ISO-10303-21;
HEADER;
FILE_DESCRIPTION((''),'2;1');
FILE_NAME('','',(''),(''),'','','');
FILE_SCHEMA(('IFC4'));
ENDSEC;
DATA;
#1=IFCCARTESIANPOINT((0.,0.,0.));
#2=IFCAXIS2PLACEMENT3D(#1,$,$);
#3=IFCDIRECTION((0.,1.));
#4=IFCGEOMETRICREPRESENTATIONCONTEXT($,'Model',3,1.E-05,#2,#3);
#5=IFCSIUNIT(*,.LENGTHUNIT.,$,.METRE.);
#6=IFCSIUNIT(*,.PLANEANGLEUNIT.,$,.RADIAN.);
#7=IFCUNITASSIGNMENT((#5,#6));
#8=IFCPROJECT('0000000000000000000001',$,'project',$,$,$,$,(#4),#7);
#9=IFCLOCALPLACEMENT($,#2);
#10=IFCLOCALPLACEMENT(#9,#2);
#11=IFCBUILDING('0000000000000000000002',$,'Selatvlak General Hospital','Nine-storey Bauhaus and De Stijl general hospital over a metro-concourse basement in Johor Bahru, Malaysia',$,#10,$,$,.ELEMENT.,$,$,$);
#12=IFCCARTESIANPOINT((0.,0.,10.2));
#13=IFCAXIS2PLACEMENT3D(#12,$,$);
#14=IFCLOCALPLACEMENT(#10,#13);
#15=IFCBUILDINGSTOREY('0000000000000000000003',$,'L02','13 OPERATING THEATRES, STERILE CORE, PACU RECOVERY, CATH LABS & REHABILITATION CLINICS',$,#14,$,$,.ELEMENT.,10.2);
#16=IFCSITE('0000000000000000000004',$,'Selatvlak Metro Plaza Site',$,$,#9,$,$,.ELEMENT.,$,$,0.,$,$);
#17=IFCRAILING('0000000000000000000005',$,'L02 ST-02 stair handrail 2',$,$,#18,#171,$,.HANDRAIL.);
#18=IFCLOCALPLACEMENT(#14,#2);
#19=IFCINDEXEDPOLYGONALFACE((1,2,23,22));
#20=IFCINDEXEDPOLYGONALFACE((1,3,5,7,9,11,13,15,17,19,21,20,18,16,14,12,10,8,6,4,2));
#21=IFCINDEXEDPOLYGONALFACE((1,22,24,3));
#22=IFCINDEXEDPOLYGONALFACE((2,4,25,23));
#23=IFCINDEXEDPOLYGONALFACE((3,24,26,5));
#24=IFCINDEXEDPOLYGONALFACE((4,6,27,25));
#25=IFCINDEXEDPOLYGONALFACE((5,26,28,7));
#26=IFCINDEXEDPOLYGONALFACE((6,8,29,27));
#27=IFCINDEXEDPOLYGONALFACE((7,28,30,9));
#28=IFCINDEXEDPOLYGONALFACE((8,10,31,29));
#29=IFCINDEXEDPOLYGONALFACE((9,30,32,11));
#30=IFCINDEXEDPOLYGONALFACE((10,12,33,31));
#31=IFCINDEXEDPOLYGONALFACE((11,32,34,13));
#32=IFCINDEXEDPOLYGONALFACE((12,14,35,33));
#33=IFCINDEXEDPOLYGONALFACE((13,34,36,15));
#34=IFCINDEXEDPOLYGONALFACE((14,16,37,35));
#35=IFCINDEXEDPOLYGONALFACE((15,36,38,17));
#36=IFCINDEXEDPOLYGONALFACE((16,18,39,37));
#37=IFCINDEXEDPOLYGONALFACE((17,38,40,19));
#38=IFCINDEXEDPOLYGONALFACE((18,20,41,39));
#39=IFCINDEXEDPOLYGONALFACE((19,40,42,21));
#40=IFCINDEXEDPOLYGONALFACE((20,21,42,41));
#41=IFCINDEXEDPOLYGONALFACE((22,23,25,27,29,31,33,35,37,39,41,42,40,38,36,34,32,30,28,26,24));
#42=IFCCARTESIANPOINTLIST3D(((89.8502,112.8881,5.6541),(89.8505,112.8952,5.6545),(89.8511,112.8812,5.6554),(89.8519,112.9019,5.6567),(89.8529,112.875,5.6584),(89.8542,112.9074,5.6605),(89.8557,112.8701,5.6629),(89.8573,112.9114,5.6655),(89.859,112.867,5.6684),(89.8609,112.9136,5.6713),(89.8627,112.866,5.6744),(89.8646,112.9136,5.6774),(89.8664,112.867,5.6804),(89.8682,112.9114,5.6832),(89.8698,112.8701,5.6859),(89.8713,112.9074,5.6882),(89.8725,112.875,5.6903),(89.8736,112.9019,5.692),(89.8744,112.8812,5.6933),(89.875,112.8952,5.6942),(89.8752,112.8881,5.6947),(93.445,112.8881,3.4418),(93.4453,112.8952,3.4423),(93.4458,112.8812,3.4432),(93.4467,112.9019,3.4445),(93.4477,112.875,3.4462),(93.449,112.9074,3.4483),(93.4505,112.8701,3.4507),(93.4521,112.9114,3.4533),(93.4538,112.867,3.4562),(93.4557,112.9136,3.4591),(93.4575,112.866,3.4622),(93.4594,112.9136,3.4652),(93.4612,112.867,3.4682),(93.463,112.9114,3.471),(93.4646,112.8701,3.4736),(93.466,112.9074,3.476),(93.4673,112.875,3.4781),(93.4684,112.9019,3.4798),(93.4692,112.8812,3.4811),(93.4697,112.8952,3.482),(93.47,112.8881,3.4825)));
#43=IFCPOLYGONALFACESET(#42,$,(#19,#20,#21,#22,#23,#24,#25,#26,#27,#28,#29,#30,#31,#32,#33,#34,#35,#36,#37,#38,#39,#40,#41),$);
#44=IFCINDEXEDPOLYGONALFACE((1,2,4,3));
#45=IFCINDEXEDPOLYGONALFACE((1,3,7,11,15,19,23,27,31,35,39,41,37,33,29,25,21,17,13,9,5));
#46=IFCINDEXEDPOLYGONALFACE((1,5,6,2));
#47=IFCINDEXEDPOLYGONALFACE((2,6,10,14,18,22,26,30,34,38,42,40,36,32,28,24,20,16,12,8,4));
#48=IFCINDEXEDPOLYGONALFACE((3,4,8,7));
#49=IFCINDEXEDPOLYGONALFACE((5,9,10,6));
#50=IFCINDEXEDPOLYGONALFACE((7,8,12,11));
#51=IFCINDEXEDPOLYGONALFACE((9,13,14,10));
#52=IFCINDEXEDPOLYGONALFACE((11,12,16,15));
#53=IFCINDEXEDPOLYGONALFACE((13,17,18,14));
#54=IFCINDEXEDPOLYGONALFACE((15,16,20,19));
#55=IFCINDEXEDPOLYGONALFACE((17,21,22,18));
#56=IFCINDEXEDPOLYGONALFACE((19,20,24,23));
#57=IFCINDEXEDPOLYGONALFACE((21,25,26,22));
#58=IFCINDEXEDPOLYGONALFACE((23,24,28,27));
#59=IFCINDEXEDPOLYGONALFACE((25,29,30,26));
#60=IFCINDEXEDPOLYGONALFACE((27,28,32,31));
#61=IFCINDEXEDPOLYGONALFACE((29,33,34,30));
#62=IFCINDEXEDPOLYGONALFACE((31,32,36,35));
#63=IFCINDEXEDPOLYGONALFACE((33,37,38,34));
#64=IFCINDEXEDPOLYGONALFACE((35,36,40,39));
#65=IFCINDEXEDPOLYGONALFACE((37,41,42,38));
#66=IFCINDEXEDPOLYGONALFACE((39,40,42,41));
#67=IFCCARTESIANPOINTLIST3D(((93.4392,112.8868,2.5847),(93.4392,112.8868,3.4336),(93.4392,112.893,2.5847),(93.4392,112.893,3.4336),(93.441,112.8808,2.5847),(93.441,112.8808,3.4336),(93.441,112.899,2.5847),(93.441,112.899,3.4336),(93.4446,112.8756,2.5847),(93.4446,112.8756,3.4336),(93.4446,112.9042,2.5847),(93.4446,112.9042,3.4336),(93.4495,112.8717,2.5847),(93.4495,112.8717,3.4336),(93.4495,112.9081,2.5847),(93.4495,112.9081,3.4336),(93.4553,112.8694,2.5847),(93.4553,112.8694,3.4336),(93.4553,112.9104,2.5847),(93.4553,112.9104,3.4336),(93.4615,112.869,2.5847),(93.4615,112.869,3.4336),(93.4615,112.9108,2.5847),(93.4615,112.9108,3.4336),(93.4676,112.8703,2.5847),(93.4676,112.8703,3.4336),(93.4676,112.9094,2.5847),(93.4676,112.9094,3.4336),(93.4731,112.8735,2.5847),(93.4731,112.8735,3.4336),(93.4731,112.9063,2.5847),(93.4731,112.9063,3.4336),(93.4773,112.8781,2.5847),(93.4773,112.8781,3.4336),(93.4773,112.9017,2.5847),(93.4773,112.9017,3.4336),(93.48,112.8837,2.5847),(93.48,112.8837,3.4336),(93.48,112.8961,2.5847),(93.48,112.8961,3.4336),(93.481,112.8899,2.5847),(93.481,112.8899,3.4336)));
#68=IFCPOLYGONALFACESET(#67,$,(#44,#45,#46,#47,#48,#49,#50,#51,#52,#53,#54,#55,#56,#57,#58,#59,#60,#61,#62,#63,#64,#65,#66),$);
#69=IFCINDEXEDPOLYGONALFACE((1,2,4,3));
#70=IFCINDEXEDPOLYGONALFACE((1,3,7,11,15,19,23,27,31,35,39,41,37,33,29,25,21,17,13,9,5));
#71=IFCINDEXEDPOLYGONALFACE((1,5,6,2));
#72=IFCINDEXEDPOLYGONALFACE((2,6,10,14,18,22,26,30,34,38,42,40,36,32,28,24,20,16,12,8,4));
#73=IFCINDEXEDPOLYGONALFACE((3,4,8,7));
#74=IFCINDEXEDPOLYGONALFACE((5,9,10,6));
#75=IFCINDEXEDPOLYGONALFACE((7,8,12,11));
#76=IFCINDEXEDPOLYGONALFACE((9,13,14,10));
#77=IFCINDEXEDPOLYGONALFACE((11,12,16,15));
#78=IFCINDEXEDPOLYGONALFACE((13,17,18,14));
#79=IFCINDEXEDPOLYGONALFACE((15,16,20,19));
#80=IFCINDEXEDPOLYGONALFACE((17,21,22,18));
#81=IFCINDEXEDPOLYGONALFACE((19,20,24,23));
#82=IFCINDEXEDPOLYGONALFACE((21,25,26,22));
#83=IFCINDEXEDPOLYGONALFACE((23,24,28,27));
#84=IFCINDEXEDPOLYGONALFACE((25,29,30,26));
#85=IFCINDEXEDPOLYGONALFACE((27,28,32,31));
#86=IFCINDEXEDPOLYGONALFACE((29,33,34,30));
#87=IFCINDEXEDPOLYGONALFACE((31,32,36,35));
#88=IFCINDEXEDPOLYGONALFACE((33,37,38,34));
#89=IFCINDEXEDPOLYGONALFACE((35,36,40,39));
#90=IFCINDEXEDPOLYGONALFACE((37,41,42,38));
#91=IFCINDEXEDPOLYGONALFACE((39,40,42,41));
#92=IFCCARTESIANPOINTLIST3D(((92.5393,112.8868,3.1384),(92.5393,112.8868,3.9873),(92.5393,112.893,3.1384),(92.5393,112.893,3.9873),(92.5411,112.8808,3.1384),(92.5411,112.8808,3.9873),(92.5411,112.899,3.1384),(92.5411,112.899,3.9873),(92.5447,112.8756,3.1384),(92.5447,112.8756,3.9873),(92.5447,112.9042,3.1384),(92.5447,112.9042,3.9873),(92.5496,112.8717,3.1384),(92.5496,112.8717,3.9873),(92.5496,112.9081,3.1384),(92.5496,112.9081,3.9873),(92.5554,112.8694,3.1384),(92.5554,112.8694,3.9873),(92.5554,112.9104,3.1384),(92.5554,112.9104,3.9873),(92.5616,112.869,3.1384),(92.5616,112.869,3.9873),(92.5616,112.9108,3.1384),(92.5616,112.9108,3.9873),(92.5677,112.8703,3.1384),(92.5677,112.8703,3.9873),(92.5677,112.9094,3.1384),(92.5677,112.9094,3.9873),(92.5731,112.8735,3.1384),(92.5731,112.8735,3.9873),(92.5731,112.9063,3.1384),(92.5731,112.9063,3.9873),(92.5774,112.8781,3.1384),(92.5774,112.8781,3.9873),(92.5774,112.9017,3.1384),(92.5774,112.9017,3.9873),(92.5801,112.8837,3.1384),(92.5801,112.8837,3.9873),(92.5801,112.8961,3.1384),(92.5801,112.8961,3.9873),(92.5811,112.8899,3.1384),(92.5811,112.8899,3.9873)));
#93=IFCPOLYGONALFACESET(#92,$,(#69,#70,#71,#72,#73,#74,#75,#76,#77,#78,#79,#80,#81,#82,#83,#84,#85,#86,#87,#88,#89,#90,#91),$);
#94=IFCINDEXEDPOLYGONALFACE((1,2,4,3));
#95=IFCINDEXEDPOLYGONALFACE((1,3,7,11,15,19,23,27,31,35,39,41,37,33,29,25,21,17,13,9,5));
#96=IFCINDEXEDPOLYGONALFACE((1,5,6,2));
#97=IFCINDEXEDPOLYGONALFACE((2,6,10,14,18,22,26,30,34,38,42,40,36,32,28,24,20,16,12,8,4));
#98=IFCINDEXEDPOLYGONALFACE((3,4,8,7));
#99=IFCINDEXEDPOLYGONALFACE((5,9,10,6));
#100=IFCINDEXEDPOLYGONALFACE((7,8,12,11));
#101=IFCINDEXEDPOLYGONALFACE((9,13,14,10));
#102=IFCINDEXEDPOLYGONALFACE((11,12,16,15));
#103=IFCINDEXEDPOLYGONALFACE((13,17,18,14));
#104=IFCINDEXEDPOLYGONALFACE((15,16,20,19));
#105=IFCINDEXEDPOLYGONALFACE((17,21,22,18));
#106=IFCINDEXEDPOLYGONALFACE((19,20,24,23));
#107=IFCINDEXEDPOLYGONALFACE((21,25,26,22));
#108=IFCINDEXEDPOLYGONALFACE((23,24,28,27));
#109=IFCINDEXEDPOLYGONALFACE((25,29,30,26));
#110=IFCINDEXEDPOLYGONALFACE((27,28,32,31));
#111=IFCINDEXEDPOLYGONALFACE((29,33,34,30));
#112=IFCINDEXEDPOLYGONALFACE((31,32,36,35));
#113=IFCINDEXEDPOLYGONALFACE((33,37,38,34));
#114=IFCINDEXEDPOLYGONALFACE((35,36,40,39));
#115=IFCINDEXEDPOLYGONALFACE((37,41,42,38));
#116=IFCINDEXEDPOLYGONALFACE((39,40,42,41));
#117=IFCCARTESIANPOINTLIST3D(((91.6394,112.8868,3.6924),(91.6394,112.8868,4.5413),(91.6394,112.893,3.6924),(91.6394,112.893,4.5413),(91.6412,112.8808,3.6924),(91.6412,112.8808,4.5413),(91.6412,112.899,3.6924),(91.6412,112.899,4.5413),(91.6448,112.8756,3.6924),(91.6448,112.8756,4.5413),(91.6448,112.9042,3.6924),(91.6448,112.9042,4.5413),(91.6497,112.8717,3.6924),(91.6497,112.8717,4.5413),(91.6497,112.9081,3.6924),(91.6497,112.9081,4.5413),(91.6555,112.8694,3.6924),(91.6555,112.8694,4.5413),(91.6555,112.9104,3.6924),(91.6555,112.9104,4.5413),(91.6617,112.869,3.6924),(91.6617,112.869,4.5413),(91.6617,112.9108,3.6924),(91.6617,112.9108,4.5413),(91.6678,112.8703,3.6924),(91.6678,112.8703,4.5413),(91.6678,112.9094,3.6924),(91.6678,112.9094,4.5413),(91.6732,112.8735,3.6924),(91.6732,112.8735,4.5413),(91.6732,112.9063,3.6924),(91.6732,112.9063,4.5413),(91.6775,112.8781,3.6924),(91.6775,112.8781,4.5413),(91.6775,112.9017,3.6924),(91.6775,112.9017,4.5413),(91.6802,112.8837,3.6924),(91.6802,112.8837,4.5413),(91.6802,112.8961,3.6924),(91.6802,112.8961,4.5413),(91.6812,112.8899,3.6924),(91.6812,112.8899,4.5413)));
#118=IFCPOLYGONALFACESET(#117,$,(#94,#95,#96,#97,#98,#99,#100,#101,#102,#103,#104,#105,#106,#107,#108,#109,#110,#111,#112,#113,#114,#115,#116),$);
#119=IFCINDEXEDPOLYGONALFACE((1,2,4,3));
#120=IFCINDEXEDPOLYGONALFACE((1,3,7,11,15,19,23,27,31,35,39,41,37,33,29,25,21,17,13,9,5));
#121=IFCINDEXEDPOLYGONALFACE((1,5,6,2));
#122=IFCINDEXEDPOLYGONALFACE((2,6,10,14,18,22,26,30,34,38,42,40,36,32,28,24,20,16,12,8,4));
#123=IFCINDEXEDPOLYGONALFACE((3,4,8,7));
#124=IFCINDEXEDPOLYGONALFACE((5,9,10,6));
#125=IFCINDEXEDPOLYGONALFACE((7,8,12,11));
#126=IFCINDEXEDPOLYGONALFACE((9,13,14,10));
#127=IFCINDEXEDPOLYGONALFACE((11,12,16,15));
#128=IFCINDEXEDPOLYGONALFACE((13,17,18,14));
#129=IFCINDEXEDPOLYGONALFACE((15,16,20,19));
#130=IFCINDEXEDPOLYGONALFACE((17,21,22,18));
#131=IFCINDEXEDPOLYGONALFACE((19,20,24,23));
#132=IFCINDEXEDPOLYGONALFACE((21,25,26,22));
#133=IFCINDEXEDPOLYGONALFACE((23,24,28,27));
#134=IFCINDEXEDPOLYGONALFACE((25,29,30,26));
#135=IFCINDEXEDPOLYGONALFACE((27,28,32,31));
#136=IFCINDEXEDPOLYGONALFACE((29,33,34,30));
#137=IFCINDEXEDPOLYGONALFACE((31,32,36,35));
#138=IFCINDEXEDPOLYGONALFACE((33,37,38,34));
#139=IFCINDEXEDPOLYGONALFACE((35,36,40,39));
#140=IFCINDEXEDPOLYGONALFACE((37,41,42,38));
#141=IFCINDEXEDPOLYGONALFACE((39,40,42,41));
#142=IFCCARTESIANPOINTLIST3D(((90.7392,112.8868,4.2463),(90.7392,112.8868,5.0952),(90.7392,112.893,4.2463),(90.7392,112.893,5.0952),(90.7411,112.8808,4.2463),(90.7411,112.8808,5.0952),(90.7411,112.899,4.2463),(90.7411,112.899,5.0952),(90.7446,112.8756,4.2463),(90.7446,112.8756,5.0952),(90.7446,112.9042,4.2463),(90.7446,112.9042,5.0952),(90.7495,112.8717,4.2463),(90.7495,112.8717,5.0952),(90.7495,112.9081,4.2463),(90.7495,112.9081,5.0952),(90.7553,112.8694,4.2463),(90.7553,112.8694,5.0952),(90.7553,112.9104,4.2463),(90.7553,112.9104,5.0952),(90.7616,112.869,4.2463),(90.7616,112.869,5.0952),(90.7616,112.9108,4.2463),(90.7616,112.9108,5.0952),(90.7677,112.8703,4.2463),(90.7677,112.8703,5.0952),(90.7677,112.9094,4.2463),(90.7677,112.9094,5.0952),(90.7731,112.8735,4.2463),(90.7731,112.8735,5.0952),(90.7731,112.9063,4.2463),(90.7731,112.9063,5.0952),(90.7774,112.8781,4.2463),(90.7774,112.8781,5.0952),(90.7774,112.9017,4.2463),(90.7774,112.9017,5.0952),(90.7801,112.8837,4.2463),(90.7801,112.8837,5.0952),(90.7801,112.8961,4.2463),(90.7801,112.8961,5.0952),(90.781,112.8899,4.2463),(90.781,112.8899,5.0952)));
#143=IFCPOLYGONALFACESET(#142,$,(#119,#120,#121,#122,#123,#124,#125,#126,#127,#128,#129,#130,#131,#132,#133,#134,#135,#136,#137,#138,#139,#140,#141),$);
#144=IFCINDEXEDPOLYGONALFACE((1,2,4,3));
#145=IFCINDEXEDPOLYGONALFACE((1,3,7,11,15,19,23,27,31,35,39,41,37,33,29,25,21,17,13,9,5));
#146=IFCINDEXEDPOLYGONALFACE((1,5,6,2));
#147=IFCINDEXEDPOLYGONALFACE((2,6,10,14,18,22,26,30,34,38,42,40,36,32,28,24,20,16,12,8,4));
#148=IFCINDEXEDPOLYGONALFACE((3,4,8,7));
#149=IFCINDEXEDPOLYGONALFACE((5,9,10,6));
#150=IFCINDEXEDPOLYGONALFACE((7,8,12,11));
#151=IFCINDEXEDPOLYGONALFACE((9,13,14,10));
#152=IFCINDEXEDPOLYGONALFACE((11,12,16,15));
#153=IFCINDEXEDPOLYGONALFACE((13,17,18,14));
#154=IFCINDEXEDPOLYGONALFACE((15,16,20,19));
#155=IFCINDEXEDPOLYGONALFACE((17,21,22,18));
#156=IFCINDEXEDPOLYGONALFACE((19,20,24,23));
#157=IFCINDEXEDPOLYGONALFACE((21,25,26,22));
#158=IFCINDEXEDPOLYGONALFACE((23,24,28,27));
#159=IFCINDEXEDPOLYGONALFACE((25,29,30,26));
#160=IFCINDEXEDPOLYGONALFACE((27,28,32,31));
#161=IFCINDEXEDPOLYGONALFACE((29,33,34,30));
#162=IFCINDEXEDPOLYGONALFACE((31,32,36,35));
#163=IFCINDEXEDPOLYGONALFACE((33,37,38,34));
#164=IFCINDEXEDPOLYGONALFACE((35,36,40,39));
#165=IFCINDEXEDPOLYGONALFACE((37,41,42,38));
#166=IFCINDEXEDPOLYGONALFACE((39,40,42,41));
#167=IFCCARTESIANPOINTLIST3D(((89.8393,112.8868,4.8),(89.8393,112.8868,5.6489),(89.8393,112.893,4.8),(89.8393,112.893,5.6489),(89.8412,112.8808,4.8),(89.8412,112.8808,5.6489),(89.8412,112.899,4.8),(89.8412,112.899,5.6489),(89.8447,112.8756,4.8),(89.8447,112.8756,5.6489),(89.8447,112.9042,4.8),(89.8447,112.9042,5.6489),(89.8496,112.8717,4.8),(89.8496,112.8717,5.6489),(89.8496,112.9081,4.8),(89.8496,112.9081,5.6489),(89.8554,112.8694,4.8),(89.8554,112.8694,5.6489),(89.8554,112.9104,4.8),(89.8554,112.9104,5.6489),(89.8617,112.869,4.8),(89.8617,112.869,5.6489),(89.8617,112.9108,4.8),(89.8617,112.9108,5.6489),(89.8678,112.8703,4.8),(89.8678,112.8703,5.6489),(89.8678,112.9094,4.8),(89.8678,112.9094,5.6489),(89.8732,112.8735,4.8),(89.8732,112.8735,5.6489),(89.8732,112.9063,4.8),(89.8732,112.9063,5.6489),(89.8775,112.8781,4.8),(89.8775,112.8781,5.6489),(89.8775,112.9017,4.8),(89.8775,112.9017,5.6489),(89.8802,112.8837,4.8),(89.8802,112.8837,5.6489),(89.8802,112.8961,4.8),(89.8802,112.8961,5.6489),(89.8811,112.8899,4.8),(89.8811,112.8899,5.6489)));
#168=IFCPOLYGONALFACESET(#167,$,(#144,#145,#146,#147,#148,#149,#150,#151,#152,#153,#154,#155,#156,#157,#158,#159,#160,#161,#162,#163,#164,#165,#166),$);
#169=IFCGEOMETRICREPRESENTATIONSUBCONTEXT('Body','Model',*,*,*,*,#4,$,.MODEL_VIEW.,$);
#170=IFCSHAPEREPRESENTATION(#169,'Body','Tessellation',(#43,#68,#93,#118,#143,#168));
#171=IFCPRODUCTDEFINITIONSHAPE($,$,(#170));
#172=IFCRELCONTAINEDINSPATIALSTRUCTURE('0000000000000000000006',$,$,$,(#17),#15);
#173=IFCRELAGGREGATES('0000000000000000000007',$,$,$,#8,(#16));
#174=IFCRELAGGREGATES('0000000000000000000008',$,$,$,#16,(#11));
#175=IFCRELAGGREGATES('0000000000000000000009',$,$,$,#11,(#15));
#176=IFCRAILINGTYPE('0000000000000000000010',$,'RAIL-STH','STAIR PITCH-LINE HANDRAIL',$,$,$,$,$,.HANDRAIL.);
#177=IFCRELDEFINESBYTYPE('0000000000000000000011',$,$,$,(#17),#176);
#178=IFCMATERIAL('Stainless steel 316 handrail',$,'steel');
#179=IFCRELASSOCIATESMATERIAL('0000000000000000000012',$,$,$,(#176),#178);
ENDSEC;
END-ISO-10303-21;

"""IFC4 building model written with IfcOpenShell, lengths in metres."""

from ifc_helpers import new_model, si_unit, direction, frame, origin, origin_2d, place, context, subcontext, project, spatial, circle, extrude, material, type_object, element, save


model = new_model("IFC4")

# Units and contexts
model_context = context("Model", 3, precision=1e-05, world=origin(), true_north=direction((0.0, 1.0)))
body_context = subcontext(model_context, "Body", "Model", "MODEL_VIEW")
ifc_project = project(units=[si_unit("LENGTHUNIT", "METRE"), si_unit("PLANEANGLEUNIT", "RADIAN")], contexts=[model_context])

# Site, building, storey
site_placement = place(None, origin())
site = spatial("IfcSite", under=ifc_project, at=site_placement, Name="Selatvlak Metro Plaza Site", CompositionType="ELEMENT", RefElevation=0.0)
building_placement = place(site_placement, origin())
building = spatial("IfcBuilding", under=site, at=building_placement, Name="Selatvlak General Hospital", Description="Nine-storey Bauhaus and De Stijl general hospital over a metro-concourse basement in Johor Bahru, Malaysia", CompositionType="ELEMENT")
storey_placement = place(building_placement, frame((0.0, 0.0, 10.2)))
storey = spatial("IfcBuildingStorey", under=building, at=storey_placement, Name="L02", Description="13 OPERATING THEATRES, STERILE CORE, PACU RECOVERY, CATH LABS & REHABILITATION CLINICS", CompositionType="ELEMENT", Elevation=10.2)

# Railing
ifc_material_1 = material(Name="Stainless steel 316 handrail", Category="steel")
railing_type_1 = type_object("IfcRailingType", Name="RAIL-STH", Description="STAIR PITCH-LINE HANDRAIL", PredefinedType="HANDRAIL", material=ifc_material_1)
railing_1_placement = place(storey_placement, frame((93.46, 112.8899, 2.5847)))
element("IfcRailing", 1, at=railing_1_placement, inside=storey, type_object=railing_type_1, Name="L02 ST-02 stair handrail 2", PredefinedType="HANDRAIL", context=body_context, shape_type="SweptSolid", body=[
    extrude(circle(Radius=0.0239, at=origin_2d()), frame((-0.0024, 0.0, 0.8774), z_axis=(-0.851654, 0.0, 0.524104), x_axis=(0.0, -1.0, 0.0)), (0.0, 0.0, 1.0), 4.2209),
    extrude(circle(Radius=0.021, at=origin_2d()), origin(), (0.0, 0.0, 1.0), 0.8489),
    extrude(circle(Radius=0.021, at=origin_2d()), frame((-0.8999, 0.0, 0.5537)), (0.0, 0.0, 1.0), 0.8489),
    extrude(circle(Radius=0.021, at=origin_2d()), frame((-1.7998, 0.0, 1.1077)), (0.0, 0.0, 1.0), 0.8489),
    extrude(circle(Radius=0.021, at=origin_2d()), frame((-2.7, 0.0, 1.6616)), (0.0, 0.0, 1.0), 0.8489),
    extrude(circle(Radius=0.021, at=origin_2d()), frame((-3.5999, 0.0, 2.2153)), (0.0, 0.0, 1.0), 0.8489),
])

save(model, "model.ifc")
